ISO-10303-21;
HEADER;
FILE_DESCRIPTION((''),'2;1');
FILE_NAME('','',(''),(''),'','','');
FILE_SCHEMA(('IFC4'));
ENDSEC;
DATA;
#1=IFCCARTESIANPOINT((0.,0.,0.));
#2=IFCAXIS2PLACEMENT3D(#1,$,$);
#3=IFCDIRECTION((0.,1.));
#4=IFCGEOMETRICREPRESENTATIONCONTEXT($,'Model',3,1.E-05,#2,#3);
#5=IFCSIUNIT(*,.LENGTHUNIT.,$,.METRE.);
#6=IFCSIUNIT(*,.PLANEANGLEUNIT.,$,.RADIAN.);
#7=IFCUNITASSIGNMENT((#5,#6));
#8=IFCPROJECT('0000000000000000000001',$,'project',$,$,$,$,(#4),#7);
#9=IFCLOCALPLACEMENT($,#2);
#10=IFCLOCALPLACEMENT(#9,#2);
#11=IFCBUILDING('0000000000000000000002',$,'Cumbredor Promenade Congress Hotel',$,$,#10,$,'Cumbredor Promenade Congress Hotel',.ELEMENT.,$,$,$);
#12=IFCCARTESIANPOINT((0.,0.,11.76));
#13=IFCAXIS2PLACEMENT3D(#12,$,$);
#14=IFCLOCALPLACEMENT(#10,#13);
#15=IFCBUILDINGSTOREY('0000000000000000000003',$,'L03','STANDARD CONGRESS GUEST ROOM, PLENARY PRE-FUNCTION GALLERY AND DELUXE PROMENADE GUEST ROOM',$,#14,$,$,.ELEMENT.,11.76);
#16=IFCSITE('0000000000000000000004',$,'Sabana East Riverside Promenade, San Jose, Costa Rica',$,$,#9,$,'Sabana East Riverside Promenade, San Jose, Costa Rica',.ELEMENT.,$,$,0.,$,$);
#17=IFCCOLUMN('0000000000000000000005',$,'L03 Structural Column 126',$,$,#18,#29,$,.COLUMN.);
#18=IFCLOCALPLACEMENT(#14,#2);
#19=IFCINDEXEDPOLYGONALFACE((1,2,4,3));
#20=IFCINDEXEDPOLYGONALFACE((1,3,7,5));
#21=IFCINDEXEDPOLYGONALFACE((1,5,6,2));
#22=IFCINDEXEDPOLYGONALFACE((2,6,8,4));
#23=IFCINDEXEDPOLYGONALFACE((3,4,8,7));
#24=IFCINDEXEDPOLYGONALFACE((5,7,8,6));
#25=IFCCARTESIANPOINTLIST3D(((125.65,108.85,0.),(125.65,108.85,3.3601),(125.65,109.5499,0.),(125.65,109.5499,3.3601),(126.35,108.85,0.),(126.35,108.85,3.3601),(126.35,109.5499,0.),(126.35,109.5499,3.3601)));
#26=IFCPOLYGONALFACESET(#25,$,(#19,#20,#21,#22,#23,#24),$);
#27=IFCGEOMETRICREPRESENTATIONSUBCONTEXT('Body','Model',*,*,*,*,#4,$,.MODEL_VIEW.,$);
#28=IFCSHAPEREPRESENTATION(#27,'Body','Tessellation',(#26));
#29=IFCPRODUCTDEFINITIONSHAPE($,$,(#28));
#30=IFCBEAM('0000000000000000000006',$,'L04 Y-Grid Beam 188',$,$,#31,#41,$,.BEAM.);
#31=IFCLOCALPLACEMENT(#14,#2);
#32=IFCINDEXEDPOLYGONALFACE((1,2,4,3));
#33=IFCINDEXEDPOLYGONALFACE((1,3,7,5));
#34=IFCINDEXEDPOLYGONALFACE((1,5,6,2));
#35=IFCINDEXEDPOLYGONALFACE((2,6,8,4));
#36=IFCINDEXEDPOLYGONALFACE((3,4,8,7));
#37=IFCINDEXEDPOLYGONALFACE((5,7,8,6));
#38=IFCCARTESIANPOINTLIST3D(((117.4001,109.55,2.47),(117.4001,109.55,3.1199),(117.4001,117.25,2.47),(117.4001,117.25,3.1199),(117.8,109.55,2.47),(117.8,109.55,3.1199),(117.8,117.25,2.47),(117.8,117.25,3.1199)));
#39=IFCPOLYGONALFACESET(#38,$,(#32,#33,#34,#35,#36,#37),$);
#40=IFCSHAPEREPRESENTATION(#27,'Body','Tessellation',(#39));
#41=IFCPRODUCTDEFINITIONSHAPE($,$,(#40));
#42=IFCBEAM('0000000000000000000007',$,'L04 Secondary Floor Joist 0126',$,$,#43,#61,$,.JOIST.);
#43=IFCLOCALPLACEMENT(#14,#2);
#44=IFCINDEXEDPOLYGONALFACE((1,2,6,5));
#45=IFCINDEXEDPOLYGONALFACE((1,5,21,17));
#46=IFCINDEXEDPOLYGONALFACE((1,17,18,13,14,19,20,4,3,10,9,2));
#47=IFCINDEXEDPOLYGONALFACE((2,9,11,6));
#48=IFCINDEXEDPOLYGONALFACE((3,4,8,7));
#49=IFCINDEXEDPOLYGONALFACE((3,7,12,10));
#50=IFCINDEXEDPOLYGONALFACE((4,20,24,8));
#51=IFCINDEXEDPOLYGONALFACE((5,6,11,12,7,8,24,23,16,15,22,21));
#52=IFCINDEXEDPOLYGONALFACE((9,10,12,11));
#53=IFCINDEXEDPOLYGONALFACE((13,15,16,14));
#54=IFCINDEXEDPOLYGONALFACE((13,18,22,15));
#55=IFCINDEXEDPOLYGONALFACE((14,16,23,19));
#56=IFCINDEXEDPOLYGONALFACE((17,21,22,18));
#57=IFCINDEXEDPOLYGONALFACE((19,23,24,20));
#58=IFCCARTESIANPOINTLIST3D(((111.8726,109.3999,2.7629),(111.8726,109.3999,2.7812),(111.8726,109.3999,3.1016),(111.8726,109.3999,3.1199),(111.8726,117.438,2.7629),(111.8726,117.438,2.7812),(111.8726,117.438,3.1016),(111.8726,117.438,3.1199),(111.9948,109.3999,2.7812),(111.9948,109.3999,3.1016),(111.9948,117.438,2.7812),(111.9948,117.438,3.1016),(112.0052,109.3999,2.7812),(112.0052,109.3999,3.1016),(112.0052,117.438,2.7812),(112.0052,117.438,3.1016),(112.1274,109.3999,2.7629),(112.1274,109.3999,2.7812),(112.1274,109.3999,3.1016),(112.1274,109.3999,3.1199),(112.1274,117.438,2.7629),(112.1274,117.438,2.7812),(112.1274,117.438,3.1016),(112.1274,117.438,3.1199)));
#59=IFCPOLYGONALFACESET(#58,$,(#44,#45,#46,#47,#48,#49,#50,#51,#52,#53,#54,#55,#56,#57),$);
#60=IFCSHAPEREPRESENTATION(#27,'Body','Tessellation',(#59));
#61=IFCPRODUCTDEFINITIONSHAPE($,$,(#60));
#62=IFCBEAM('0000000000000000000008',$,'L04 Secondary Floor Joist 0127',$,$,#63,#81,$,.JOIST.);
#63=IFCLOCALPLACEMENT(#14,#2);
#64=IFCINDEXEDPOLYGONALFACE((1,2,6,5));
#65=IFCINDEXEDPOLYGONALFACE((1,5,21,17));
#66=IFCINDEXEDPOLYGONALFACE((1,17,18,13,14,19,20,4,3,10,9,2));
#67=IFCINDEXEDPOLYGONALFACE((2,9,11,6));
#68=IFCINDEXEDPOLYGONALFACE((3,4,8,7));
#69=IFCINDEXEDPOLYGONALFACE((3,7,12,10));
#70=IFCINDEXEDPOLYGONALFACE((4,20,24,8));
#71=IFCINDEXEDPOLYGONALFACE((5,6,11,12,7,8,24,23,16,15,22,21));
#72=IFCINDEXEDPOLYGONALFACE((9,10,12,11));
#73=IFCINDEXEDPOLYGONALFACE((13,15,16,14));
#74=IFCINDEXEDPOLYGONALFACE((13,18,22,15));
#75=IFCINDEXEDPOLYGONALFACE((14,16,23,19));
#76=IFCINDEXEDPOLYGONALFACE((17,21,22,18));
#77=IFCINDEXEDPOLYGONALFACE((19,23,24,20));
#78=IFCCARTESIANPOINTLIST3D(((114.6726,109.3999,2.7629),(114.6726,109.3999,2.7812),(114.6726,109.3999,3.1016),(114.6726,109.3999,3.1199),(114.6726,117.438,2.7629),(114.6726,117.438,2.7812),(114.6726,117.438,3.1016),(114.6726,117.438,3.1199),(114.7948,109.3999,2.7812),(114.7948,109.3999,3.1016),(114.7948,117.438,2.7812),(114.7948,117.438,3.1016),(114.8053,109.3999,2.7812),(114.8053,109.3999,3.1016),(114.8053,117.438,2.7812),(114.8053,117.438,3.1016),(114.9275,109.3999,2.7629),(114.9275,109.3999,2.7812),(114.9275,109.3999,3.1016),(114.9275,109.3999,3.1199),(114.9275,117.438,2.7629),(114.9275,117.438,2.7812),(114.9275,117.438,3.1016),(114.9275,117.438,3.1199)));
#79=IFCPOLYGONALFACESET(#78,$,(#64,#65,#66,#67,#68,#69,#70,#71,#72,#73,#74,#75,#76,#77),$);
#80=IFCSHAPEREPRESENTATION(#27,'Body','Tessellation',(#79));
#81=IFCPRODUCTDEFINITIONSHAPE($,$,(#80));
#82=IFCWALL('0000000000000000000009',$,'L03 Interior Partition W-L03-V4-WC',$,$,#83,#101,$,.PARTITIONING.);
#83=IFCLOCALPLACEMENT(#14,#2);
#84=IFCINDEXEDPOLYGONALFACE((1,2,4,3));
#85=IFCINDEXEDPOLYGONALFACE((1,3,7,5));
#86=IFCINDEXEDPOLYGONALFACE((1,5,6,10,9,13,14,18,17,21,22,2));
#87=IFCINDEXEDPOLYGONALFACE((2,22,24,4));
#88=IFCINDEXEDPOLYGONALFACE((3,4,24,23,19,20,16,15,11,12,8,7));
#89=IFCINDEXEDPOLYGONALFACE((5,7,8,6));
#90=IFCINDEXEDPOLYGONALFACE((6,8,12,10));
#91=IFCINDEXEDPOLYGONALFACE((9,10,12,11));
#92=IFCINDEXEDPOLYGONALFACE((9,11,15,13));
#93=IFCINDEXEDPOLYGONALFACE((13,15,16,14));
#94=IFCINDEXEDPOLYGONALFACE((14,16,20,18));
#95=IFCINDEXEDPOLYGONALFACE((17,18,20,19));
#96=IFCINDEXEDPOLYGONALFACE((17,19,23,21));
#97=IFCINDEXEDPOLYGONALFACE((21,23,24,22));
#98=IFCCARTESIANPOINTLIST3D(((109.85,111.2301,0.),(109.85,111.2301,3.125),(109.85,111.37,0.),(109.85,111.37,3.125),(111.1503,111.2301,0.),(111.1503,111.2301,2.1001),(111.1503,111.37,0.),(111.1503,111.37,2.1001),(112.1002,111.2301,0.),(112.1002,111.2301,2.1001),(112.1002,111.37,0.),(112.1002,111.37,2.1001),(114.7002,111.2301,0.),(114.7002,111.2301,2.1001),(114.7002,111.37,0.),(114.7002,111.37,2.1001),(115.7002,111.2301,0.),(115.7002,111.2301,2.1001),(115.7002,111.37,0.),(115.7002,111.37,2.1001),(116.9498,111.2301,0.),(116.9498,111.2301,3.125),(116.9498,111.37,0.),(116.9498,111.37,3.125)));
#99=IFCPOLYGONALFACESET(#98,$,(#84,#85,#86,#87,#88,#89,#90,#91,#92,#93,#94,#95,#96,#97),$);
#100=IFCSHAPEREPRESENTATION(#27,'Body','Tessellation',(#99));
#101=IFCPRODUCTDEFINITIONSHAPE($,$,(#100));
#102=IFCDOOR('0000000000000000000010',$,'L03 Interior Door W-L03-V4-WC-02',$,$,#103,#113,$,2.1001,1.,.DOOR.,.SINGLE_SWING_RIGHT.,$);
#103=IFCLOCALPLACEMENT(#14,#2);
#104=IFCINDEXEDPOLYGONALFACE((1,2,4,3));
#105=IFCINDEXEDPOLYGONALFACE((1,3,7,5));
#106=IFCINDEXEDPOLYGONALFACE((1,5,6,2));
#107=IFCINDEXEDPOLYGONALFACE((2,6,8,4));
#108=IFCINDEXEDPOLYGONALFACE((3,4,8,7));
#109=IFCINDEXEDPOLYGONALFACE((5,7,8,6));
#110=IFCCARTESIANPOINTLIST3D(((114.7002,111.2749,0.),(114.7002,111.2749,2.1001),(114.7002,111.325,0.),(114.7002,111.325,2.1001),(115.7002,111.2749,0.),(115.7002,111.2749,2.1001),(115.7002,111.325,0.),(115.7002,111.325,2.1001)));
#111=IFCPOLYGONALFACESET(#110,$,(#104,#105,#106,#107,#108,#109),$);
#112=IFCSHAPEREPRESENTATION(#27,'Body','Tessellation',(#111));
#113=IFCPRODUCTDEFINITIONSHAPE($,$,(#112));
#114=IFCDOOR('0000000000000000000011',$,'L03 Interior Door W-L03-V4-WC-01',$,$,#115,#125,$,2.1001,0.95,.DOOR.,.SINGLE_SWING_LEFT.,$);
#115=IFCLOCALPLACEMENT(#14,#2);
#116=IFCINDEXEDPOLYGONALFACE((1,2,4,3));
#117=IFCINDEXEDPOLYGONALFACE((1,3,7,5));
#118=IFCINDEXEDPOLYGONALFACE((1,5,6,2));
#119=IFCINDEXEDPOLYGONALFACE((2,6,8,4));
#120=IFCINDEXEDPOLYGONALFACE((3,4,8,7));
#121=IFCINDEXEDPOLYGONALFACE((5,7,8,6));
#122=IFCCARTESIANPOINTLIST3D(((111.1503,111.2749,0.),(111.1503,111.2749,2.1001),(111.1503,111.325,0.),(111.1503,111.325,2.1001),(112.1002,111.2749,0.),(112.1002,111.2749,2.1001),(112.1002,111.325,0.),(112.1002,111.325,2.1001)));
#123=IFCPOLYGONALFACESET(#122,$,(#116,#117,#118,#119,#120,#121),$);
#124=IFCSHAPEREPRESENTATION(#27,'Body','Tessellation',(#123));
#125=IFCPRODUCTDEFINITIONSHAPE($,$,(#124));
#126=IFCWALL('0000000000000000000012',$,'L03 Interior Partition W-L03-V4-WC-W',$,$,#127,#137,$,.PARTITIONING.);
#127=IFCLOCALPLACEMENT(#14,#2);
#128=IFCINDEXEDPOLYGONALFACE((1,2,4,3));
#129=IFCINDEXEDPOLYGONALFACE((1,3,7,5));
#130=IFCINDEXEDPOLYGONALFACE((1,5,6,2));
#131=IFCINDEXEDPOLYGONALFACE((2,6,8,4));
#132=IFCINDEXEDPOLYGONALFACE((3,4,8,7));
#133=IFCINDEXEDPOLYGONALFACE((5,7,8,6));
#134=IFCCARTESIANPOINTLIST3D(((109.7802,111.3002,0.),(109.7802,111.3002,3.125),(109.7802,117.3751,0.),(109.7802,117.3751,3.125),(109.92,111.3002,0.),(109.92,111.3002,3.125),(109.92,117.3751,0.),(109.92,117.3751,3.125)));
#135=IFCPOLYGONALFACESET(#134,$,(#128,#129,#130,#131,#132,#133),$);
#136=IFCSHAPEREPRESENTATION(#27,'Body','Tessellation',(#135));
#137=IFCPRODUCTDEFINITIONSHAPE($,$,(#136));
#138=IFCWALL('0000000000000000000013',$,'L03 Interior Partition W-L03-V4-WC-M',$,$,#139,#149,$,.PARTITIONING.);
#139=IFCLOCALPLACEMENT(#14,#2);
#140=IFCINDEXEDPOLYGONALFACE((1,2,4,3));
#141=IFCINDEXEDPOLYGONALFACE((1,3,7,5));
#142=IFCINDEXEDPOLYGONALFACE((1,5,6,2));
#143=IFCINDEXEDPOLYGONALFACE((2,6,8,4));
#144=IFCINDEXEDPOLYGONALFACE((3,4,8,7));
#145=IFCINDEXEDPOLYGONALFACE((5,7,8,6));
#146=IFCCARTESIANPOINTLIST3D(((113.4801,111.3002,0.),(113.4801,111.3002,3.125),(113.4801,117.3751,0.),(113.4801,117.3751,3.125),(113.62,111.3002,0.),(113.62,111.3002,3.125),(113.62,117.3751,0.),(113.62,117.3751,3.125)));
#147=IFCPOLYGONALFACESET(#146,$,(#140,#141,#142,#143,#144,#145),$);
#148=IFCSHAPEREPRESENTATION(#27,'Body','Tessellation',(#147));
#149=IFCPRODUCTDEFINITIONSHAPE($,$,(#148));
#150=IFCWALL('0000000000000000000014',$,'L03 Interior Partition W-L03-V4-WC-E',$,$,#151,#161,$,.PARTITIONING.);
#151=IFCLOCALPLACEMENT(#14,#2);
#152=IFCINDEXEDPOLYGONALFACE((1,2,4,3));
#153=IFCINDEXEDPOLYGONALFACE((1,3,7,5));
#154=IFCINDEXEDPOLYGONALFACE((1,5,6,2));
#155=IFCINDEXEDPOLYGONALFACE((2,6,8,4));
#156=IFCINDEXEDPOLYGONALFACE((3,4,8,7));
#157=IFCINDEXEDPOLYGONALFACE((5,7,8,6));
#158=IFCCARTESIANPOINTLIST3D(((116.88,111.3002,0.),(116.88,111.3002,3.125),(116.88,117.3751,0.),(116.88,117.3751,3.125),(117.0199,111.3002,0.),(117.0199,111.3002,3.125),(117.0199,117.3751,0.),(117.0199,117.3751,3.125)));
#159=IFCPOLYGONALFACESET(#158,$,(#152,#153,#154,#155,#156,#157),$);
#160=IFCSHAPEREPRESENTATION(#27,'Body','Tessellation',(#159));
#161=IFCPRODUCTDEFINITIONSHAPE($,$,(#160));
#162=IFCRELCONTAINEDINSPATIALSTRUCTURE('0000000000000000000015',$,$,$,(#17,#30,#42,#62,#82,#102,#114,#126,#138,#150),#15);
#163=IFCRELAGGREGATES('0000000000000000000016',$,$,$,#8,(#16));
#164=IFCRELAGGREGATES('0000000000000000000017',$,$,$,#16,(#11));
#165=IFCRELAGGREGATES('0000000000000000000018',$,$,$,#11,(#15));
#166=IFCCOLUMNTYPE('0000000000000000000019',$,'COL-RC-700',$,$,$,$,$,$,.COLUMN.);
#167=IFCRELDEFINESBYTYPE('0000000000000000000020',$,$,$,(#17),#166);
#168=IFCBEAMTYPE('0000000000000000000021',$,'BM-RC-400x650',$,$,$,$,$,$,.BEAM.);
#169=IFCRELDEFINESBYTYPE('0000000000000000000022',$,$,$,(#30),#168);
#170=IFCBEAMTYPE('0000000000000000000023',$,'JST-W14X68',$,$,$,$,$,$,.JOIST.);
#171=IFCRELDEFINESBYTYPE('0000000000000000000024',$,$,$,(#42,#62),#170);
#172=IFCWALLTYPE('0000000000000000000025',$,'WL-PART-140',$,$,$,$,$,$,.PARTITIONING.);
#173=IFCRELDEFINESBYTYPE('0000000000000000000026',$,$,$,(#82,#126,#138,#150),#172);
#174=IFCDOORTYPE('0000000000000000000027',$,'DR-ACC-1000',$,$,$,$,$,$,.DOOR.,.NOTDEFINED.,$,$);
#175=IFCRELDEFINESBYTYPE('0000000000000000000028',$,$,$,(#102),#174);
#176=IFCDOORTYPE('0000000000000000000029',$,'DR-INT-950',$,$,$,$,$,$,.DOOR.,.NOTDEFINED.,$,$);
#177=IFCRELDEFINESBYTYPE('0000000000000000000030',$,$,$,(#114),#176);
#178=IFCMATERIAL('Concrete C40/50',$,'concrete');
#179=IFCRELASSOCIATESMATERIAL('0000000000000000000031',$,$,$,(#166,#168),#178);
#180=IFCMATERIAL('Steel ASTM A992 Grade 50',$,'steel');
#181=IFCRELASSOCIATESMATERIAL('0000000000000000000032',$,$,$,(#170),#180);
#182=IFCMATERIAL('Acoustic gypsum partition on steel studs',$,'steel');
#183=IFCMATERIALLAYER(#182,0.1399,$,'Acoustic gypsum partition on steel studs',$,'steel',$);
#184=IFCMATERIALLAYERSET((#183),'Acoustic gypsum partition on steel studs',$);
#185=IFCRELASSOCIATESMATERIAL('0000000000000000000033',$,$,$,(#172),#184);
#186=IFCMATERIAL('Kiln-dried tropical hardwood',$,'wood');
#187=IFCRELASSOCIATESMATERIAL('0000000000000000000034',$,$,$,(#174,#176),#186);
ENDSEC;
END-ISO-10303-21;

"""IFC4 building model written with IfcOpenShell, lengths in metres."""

from ifc_helpers import new_model, si_unit, direction, frame, frame_2d, origin, origin_2d, place, context, subcontext, project, spatial, rectangle, i_section, extrude, material, layer, layer_set, material_profile, profile_set, type_object, element, fill, save


model = new_model("IFC4")

# Units and contexts
model_context = context("Model", 3, precision=1e-05, world=origin(), true_north=direction((0.0, 1.0)))
body_context = subcontext(model_context, "Body", "Model", "MODEL_VIEW")
ifc_project = project(units=[si_unit("LENGTHUNIT", "METRE"), si_unit("PLANEANGLEUNIT", "RADIAN")], contexts=[model_context])

# Site, building, storey
site_placement = place(None, origin())
site = spatial("IfcSite", under=ifc_project, at=site_placement, Name="Sabana East Riverside Promenade, San Jose, Costa Rica", LongName="Sabana East Riverside Promenade, San Jose, Costa Rica", CompositionType="ELEMENT", RefElevation=0.0)
building_placement = place(site_placement, origin())
building = spatial("IfcBuilding", under=site, at=building_placement, Name="Cumbredor Promenade Congress Hotel", LongName="Cumbredor Promenade Congress Hotel", CompositionType="ELEMENT")
storey_placement = place(building_placement, frame((0.0, 0.0, 11.76)))
storey = spatial("IfcBuildingStorey", under=building, at=storey_placement, Name="L03", Description="STANDARD CONGRESS GUEST ROOM, PLENARY PRE-FUNCTION GALLERY AND DELUXE PROMENADE GUEST ROOM", CompositionType="ELEMENT", Elevation=11.76)

# Column
ifc_material_1 = material(Name="Concrete C40/50", Category="concrete")
ifc_material_profile_1 = material_profile(ifc_material_1, rectangle(XDim=0.7, YDim=0.7, at=origin_2d()), Name="RC 700x700")
ifc_profile_set_1 = profile_set([ifc_material_profile_1], Name="Concrete C40/50")
column_type = type_object("IfcColumnType", Name="COL-RC-700", PredefinedType="COLUMN", material=ifc_profile_set_1)
column_placement = place(storey_placement, frame((126.0, 109.2, 0.0), z_axis=(0.0, 0.0, 1.0), x_axis=(1.0, 0.0, 0.0)))
element("IfcColumn", 1, at=column_placement, inside=storey, type_object=column_type, Name="L03 Structural Column 126", PredefinedType="COLUMN", context=body_context, shape_type="SweptSolid", body=[
    extrude(rectangle(XDim=0.7, YDim=0.7, at=origin_2d()), origin(), (0.0, 0.0, 1.0), 3.3601),
])

# Beams
ifc_material_profile_2 = material_profile(ifc_material_1, rectangle(XDim=0.3999, YDim=0.6499, at=origin_2d()), Name="RC BEAM 400x650")
ifc_profile_set_2 = profile_set([ifc_material_profile_2], Name="Concrete C40/50")
beam_type_1 = type_object("IfcBeamType", Name="BM-RC-400x650", PredefinedType="BEAM", material=ifc_profile_set_2)
beam_placement = place(storey_placement, frame((117.6001, 109.55, 2.7949), z_axis=(0.0, 1.0, 0.0), x_axis=(-1.0, 0.0, 0.0)))
element("IfcBeam", 2, at=beam_placement, inside=storey, type_object=beam_type_1, Name="L04 Y-Grid Beam 188", PredefinedType="BEAM", context=body_context, shape_type="SweptSolid", body=[
    extrude(rectangle(XDim=0.3999, YDim=0.6499, at=origin_2d()), origin(), (0.0, 0.0, 1.0), 7.7),
])
ifc_material_2 = material(Name="Steel ASTM A992 Grade 50", Category="steel")
ifc_material_profile_3 = material_profile(ifc_material_2, i_section(OverallWidth=0.2549, OverallDepth=0.3569, WebThickness=0.0105, FlangeThickness=0.0183, at=origin_2d()), Name="W14X68")
ifc_profile_set_3 = profile_set([ifc_material_profile_3], Name="Steel ASTM A992 Grade 50")
beam_type_2 = type_object("IfcBeamType", Name="JST-W14X68", PredefinedType="JOIST", material=ifc_profile_set_3)
for number, where, z_axis, x_axis, name in (
    (3, (112.0, 109.3999, 2.9414), (0.0, 1.0, 0.0), (-1.0, 0.0, 0.0), "L04 Secondary Floor Joist 0126"),
    (4, (114.8, 109.3999, 2.9414), (0.0, 1.0, 0.0), (-1.0, 0.0, 0.0), "L04 Secondary Floor Joist 0127"),
):
    element("IfcBeam", number, at=place(storey_placement, frame(where, z_axis=z_axis, x_axis=x_axis)), inside=storey, type_object=beam_type_2, Name=name, PredefinedType="JOIST", context=body_context, shape_type="SweptSolid", body=[
        extrude(i_section(OverallWidth=0.2549, OverallDepth=0.3569, WebThickness=0.0105, FlangeThickness=0.0183, at=origin_2d()), origin(), (0.0, 0.0, 1.0), 8.0381),
    ])

# Wall, openings, doors
ifc_material_3 = material(Name="Acoustic gypsum partition on steel studs", Category="steel")
ifc_layer_1 = layer(ifc_material_3, 0.1399, Name="Acoustic gypsum partition on steel studs", Category="steel")
ifc_layer_set_1 = layer_set([ifc_layer_1], Name="Acoustic gypsum partition on steel studs")
wall_type_1 = type_object("IfcWallType", Name="WL-PART-140", PredefinedType="PARTITIONING", material=ifc_layer_set_1)
wall_1_placement = place(storey_placement, frame((109.8501, 111.3, 0.0), z_axis=(0.0, 0.0, 1.0), x_axis=(1.0, 0.0, 0.0)))
wall_1 = element("IfcWall", 5, at=wall_1_placement, inside=storey, type_object=wall_type_1, Name="L03 Interior Partition W-L03-V4-WC", PredefinedType="PARTITIONING", context=body_context, shape_type="SweptSolid", body=[
    extrude(rectangle(XDim=7.0999, YDim=0.1399, at=frame_2d((3.5498, 0.0))), origin(), (0.0, 0.0, 1.0), 3.125),
])
opening_1_placement = place(wall_1_placement, frame((1.3, 0.0, 0.0)))
opening_1 = element("IfcOpeningElement", 6, at=opening_1_placement, cuts=wall_1, PredefinedType="OPENING", context=body_context, shape_type="SweptSolid", body=[
    extrude(rectangle(XDim=0.95, YDim=2.1001, at=frame_2d((0.4751, 1.05))), frame((0.0, 0.0801, 0.0), z_axis=(0.0, -1.0, 0.0), x_axis=(1.0, 0.0, 0.0)), (0.0, 0.0, 1.0), 0.1599),
])
opening_2_placement = place(wall_1_placement, frame((4.8501, 0.0, 0.0)))
opening_2 = element("IfcOpeningElement", 7, at=opening_2_placement, cuts=wall_1, PredefinedType="OPENING", context=body_context, shape_type="SweptSolid", body=[
    extrude(rectangle(XDim=1.0, YDim=2.1001, at=frame_2d((0.5, 1.05))), frame((0.0, 0.0801, 0.0), z_axis=(0.0, -1.0, 0.0), x_axis=(1.0, 0.0, 0.0)), (0.0, 0.0, 1.0), 0.1599),
])
ifc_material_4 = material(Name="Kiln-dried tropical hardwood", Category="wood")
door_type_1 = type_object("IfcDoorType", Name="DR-ACC-1000", OperationType="NOTDEFINED", PredefinedType="DOOR", material=ifc_material_4)
door_1_placement = place(opening_2_placement, origin())
door_1 = element("IfcDoor", 8, at=door_1_placement, inside=storey, type_object=door_type_1, Name="L03 Interior Door W-L03-V4-WC-02", OperationType="SINGLE_SWING_RIGHT", OverallHeight=2.1001, OverallWidth=1.0, PredefinedType="DOOR", context=body_context, shape_type="SweptSolid", body=[
    extrude(rectangle(XDim=1.0, YDim=2.1001, at=frame_2d((0.5, 1.05))), frame((0.0, 0.0249, 0.0), z_axis=(0.0, -1.0, 0.0), x_axis=(1.0, 0.0, 0.0)), (0.0, 0.0, 1.0), 0.05),
])
fill(opening_2, door_1)
door_type_2 = type_object("IfcDoorType", Name="DR-INT-950", OperationType="NOTDEFINED", PredefinedType="DOOR", material=ifc_material_4)
door_2_placement = place(opening_1_placement, origin())
door_2 = element("IfcDoor", 9, at=door_2_placement, inside=storey, type_object=door_type_2, Name="L03 Interior Door W-L03-V4-WC-01", OperationType="SINGLE_SWING_LEFT", OverallHeight=2.1001, OverallWidth=0.95, PredefinedType="DOOR", context=body_context, shape_type="SweptSolid", body=[
    extrude(rectangle(XDim=0.95, YDim=2.1001, at=frame_2d((0.4751, 1.05))), frame((0.0, 0.0249, 0.0), z_axis=(0.0, -1.0, 0.0), x_axis=(1.0, 0.0, 0.0)), (0.0, 0.0, 1.0), 0.05),
])
fill(opening_1, door_2)

# Walls
for number, where, z_axis, x_axis, name in (
    (10, (109.8501, 111.3, 0.0), (0.0, 0.0, 1.0), (0.0, 1.0, 0.0), "L03 Interior Partition W-L03-V4-WC-W"),
    (11, (113.55, 111.3, 0.0), (0.0, 0.0, 1.0), (0.0, 1.0, 0.0), "L03 Interior Partition W-L03-V4-WC-M"),
    (12, (116.95, 111.3, 0.0), (0.0, 0.0, 1.0), (0.0, 1.0, 0.0), "L03 Interior Partition W-L03-V4-WC-E"),
):
    element("IfcWall", number, at=place(storey_placement, frame(where, z_axis=z_axis, x_axis=x_axis)), inside=storey, type_object=wall_type_1, Name=name, PredefinedType="PARTITIONING", context=body_context, shape_type="SweptSolid", body=[
        extrude(rectangle(XDim=6.075, YDim=0.1399, at=frame_2d((3.0376, 0.0))), origin(), (0.0, 0.0, 1.0), 3.125),
    ])

save(model, "model.ifc")
